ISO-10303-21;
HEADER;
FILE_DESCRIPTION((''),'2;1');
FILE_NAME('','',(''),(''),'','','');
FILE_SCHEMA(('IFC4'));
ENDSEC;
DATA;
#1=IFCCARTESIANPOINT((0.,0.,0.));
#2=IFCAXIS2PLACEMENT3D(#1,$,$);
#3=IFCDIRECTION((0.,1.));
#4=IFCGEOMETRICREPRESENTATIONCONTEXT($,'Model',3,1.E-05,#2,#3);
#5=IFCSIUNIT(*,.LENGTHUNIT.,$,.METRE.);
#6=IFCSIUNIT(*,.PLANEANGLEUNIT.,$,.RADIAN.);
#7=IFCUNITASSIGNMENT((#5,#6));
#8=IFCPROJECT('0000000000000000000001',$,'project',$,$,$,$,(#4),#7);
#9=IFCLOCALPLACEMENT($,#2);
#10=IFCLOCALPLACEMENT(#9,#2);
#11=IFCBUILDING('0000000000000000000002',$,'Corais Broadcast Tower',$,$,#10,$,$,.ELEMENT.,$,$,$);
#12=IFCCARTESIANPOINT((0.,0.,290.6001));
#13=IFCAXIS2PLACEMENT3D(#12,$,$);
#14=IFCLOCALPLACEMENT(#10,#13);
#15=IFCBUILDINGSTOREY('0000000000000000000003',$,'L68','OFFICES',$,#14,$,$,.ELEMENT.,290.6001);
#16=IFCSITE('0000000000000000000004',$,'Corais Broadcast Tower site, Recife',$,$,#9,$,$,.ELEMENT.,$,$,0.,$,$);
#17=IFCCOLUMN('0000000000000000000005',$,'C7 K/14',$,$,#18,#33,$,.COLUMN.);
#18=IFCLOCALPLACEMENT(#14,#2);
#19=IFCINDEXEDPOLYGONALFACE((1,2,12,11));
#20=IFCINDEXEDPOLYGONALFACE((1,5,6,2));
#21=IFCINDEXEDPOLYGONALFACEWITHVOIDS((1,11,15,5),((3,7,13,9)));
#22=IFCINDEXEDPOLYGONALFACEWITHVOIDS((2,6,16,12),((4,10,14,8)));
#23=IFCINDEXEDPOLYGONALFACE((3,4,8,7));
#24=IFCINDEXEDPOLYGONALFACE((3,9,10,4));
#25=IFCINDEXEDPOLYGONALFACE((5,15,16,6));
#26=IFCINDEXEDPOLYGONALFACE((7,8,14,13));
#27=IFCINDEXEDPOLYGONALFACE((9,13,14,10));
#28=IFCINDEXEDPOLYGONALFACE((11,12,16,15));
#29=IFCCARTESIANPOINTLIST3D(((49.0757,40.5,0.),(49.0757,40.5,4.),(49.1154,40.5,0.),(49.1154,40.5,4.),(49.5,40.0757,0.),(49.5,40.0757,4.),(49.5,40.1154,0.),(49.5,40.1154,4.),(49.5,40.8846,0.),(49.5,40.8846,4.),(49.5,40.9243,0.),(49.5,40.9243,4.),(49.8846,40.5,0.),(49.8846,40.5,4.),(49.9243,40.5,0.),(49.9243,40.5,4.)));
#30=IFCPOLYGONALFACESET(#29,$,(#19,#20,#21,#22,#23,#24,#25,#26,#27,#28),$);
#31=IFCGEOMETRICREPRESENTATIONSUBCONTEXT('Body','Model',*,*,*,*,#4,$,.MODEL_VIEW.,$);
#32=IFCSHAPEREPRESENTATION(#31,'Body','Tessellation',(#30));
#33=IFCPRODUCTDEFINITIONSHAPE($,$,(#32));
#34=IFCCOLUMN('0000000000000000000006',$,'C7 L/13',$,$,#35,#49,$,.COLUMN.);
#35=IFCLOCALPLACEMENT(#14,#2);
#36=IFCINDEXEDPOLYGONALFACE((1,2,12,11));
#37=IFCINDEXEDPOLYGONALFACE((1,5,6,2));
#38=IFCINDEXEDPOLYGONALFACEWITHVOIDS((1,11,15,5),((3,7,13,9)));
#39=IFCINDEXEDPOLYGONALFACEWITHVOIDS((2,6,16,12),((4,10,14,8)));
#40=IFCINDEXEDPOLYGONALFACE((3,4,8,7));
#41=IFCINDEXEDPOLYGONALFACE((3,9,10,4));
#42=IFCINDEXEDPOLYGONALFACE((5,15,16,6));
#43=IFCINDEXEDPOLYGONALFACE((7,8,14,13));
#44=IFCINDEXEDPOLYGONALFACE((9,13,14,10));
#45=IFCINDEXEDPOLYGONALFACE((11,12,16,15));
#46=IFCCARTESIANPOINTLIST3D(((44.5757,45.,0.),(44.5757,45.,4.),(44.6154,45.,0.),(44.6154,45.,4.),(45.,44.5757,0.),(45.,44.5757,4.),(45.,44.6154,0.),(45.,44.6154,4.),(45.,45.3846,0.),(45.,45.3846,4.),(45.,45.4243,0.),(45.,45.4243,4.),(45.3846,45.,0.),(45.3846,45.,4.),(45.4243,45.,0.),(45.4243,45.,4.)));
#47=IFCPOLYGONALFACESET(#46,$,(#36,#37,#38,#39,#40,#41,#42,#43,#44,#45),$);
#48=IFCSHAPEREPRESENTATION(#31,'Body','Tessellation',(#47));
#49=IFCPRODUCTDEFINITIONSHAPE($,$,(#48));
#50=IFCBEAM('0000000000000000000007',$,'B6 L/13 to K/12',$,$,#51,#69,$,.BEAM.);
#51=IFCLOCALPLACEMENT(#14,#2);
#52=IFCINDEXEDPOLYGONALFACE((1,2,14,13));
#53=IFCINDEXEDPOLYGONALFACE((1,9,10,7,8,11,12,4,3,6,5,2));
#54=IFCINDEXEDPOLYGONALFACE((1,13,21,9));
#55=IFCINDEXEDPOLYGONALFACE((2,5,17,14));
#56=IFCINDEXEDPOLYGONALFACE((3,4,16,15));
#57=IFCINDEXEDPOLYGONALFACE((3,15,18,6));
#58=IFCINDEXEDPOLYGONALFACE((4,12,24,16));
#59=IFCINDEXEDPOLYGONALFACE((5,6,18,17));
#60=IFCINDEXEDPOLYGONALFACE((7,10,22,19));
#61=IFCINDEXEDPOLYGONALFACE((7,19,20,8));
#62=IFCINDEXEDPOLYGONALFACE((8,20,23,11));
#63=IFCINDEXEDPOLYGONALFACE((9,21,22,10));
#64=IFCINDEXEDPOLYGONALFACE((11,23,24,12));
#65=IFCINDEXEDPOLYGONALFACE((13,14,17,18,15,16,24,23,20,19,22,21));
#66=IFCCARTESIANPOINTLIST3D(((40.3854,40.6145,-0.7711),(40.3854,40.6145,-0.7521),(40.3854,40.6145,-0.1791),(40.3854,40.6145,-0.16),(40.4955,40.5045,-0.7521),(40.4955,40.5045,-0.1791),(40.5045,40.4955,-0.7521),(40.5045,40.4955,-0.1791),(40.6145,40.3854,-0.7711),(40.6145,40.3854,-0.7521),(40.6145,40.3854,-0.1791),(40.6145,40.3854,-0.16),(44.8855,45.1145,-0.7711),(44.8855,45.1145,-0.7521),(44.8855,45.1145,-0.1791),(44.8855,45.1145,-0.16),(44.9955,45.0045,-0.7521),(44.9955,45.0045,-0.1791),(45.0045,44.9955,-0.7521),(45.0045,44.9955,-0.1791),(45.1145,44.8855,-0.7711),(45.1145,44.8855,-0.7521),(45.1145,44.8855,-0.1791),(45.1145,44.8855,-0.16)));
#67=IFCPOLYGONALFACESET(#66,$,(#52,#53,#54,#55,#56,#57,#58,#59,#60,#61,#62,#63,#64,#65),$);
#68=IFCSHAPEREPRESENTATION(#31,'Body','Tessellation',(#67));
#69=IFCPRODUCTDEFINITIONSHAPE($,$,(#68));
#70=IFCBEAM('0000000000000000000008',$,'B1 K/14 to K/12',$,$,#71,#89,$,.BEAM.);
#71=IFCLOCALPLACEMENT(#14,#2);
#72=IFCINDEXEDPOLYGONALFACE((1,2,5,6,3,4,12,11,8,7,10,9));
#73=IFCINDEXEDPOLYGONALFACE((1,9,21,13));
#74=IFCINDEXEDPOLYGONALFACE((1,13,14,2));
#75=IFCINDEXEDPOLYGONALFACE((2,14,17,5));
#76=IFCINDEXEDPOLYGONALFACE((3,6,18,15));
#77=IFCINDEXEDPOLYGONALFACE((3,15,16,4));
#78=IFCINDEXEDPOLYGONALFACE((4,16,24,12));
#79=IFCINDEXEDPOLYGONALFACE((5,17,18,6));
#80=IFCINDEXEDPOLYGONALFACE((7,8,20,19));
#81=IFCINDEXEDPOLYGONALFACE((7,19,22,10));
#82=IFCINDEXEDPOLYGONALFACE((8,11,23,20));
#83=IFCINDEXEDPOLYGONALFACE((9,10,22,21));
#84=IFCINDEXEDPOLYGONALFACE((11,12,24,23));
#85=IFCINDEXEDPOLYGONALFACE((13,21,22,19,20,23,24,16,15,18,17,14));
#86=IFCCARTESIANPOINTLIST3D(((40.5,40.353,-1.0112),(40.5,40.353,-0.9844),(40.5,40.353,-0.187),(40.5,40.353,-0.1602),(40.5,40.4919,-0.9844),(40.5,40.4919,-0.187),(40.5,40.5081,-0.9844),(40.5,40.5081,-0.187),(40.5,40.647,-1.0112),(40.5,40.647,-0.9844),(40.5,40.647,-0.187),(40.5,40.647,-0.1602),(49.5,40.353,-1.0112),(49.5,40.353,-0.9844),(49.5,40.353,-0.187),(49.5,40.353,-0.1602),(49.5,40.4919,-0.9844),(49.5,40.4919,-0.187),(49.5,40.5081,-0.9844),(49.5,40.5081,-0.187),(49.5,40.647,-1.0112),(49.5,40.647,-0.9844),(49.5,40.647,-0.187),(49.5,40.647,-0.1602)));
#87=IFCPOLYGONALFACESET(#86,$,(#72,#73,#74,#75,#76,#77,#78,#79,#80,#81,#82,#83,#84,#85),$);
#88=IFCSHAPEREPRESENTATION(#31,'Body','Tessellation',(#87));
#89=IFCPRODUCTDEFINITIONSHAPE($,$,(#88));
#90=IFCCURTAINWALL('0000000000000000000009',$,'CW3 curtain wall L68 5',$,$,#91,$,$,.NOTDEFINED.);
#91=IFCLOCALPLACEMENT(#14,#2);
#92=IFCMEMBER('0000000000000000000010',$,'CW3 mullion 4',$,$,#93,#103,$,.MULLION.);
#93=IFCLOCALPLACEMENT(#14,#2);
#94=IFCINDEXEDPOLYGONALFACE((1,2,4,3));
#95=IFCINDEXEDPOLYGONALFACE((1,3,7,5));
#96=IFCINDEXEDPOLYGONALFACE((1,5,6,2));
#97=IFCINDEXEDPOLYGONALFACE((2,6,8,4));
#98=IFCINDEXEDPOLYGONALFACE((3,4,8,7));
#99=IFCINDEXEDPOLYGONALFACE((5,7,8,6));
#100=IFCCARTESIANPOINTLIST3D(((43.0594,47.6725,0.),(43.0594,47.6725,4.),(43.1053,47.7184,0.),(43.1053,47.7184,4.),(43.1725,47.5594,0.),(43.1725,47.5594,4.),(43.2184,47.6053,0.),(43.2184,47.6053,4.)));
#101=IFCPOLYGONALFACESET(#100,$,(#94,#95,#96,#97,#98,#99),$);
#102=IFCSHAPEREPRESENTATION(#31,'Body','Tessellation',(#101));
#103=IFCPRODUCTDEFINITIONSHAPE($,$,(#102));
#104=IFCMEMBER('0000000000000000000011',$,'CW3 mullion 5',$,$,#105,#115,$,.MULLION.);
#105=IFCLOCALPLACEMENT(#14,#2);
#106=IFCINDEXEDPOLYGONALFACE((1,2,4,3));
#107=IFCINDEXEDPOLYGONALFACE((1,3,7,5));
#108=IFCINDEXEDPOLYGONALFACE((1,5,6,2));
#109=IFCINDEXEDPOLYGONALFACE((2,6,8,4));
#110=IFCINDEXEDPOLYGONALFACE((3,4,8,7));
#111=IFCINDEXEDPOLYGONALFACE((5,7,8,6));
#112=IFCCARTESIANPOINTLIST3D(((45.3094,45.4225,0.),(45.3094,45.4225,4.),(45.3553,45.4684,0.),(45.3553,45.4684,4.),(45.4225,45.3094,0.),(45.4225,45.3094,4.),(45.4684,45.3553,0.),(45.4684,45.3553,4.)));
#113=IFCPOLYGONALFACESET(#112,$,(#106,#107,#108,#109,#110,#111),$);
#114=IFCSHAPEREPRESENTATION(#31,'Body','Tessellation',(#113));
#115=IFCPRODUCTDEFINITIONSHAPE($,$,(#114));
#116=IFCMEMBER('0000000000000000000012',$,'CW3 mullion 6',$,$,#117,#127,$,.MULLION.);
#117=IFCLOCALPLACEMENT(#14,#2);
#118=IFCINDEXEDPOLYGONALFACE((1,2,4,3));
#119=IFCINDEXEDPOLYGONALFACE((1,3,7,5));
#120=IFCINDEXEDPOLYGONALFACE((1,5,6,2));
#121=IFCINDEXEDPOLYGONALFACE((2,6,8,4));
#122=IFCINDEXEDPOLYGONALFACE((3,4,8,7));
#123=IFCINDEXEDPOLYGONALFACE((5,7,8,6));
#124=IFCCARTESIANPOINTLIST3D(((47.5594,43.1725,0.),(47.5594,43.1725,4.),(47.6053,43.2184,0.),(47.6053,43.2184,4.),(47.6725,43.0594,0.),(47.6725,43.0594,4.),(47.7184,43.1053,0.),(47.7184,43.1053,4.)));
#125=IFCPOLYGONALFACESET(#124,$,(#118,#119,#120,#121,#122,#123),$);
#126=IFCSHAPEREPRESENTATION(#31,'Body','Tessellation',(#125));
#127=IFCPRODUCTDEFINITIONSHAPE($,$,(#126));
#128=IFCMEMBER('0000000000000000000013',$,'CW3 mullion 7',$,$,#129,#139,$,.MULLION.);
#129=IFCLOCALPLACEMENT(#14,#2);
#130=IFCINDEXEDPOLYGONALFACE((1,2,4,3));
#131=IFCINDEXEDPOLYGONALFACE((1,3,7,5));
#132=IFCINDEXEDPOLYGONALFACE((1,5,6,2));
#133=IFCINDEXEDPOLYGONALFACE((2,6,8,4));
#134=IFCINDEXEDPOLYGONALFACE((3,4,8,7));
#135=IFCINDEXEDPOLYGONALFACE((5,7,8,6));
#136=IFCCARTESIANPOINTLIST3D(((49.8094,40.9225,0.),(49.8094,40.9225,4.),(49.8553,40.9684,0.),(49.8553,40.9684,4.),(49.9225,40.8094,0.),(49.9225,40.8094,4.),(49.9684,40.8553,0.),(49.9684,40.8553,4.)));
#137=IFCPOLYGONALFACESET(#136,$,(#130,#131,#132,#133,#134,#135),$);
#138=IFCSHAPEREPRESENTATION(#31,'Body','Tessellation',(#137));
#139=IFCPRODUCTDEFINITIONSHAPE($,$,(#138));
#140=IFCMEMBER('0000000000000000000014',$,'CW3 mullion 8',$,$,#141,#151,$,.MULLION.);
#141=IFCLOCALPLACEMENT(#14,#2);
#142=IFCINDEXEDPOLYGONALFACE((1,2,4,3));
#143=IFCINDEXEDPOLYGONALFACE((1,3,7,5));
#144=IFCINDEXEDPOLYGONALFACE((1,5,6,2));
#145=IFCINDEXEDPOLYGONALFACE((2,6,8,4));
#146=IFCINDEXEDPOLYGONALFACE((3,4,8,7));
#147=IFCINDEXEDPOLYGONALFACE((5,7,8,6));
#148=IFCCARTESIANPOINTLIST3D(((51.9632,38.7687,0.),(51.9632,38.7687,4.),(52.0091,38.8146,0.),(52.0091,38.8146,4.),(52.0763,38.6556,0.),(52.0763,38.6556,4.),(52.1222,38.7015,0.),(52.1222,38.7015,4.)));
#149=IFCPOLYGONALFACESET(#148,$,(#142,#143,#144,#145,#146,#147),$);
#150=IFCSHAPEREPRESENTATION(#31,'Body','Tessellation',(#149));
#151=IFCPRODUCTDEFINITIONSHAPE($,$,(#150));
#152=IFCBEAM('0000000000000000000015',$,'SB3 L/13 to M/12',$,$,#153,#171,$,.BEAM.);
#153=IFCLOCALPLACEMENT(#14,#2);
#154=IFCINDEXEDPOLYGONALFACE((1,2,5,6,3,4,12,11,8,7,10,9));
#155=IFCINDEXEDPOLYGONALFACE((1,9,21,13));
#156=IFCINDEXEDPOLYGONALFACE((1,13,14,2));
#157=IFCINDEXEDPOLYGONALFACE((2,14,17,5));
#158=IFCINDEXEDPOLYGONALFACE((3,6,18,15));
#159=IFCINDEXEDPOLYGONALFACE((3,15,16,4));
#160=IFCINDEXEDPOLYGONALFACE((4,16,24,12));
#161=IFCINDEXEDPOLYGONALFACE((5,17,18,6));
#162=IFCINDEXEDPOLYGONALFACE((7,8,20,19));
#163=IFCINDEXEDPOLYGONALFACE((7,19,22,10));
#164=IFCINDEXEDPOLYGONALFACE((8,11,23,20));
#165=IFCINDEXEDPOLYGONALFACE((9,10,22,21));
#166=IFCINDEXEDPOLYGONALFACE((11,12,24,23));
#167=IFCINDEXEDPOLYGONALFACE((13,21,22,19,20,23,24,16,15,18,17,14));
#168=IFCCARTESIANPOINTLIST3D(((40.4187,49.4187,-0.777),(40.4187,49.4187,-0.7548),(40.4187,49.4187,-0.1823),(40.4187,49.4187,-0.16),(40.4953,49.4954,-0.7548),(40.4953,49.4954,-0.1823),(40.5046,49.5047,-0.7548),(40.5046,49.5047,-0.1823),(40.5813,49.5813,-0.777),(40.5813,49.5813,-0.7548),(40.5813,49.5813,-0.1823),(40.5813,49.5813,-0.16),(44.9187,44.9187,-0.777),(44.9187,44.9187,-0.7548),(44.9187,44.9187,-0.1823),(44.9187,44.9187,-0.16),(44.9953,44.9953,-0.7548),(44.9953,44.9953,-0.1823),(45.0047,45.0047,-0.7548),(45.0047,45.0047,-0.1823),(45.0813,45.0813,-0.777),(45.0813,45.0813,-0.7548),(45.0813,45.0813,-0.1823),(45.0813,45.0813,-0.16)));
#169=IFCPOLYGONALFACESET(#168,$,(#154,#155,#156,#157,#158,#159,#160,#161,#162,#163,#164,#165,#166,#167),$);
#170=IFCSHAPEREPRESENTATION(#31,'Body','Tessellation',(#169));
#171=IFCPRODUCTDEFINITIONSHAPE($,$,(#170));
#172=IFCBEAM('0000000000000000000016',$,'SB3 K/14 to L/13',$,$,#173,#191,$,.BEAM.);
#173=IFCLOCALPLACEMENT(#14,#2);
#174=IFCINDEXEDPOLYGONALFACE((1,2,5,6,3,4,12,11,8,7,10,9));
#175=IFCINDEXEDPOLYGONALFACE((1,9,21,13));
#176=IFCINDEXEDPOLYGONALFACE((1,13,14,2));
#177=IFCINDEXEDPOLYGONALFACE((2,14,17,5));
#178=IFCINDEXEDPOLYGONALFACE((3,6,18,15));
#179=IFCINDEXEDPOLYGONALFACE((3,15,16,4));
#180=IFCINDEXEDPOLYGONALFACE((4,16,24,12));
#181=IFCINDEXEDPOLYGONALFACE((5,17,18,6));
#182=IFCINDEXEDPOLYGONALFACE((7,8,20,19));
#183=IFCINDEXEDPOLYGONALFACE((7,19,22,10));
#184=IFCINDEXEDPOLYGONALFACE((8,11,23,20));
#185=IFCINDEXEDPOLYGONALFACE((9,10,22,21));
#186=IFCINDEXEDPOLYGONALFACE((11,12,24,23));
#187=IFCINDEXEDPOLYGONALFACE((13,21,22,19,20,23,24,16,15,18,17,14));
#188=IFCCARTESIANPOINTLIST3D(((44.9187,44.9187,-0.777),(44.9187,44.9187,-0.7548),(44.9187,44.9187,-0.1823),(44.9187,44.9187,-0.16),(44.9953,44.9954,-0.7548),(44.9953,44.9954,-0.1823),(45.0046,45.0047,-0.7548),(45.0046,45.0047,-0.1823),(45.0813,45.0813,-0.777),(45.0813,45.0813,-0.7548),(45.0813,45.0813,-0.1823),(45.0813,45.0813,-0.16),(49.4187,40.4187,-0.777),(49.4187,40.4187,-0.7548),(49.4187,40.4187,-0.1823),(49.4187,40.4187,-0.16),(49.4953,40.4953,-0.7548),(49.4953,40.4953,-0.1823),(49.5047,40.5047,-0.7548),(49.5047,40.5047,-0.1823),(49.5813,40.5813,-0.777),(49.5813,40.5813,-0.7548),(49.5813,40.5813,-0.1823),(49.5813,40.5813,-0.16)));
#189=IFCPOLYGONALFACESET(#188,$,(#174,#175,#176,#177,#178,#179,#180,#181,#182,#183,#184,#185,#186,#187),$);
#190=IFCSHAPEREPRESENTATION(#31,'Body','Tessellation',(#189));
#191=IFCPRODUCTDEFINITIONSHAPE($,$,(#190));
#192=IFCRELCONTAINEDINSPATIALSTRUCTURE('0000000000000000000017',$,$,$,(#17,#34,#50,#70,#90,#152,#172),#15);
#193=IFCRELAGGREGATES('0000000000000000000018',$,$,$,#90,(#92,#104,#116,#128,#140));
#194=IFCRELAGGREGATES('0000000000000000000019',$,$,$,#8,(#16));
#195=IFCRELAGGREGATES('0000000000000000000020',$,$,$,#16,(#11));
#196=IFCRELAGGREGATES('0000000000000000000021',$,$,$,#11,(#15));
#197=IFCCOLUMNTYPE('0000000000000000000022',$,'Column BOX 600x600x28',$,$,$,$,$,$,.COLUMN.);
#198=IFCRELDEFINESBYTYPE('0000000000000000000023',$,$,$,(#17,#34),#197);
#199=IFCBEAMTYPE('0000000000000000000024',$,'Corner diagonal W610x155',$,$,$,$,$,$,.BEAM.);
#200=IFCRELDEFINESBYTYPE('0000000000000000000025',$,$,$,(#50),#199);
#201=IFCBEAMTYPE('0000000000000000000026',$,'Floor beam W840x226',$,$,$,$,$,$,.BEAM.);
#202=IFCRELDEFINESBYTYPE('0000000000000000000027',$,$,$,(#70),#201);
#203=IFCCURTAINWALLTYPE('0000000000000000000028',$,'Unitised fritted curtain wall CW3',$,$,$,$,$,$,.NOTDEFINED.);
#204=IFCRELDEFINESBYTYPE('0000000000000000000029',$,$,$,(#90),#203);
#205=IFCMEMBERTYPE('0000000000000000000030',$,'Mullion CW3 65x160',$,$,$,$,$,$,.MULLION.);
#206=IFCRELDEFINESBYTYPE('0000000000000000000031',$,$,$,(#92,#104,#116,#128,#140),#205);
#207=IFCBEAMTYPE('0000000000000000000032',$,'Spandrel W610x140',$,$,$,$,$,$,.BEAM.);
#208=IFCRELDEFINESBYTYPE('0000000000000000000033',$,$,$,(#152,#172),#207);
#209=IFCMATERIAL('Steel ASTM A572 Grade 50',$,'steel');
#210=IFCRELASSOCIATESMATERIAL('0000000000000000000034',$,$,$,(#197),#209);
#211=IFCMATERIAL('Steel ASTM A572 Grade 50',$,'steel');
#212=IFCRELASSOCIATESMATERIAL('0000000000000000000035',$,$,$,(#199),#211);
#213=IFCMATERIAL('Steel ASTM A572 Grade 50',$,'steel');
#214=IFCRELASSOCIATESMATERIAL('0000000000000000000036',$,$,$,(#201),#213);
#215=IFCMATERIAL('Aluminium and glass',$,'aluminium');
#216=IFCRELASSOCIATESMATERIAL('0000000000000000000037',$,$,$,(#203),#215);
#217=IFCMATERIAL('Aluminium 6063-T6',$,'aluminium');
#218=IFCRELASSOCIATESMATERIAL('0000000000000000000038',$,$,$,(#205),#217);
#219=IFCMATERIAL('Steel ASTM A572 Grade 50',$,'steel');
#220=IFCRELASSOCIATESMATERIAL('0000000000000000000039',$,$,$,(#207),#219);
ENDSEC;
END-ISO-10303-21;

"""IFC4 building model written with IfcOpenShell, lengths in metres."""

from ifc_helpers import new_model, si_unit, direction, frame, origin, origin_2d, place, context, subcontext, project, spatial, rectangle, hollow_rectangle, i_section, extrude, material, material_profile, profile_set, type_object, element, aggregate, save


model = new_model("IFC4")

# Units and contexts
model_context = context("Model", 3, precision=1e-05, world=origin(), true_north=direction((0.0, 1.0)))
body_context = subcontext(model_context, "Body", "Model", "MODEL_VIEW")
ifc_project = project(units=[si_unit("LENGTHUNIT", "METRE"), si_unit("PLANEANGLEUNIT", "RADIAN")], contexts=[model_context])

# Site, building, storey
site_placement = place(None, origin())
site = spatial("IfcSite", under=ifc_project, at=site_placement, Name="Corais Broadcast Tower site, Recife", CompositionType="ELEMENT", RefElevation=0.0)
building_placement = place(site_placement, origin())
building = spatial("IfcBuilding", under=site, at=building_placement, Name="Corais Broadcast Tower", CompositionType="ELEMENT")
storey_placement = place(building_placement, frame((0.0, 0.0, 290.6001)))
storey = spatial("IfcBuildingStorey", under=building, at=storey_placement, Name="L68", Description="OFFICES", CompositionType="ELEMENT", Elevation=290.6001)

# Columns
ifc_material_1 = material(Name="Steel ASTM A572 Grade 50", Category="steel")
ifc_material_profile_1 = material_profile(ifc_material_1, hollow_rectangle(XDim=0.6001, YDim=0.6001, WallThickness=0.0281, at=origin_2d()), Name="BOX 600x600x28")
ifc_profile_set_1 = profile_set([ifc_material_profile_1], Name="Steel ASTM A572 Grade 50")
column_type = type_object("IfcColumnType", Name="Column BOX 600x600x28", PredefinedType="COLUMN", material=ifc_profile_set_1)
for number, where, z_axis, x_axis, name in (
    (1, (49.5, 40.5, 0.0), (0.0, 0.0, 1.0), (0.707107, 0.707107, 0.0), "C7 K/14"),
    (2, (45.0, 45.0, 0.0), (0.0, 0.0, 1.0), (0.707107, 0.707107, 0.0), "C7 L/13"),
):
    element("IfcColumn", number, at=place(storey_placement, frame(where, z_axis=z_axis, x_axis=x_axis)), inside=storey, type_object=column_type, Name=name, PredefinedType="COLUMN", context=body_context, shape_type="SweptSolid", body=[
        extrude(hollow_rectangle(XDim=0.6001, YDim=0.6001, WallThickness=0.0281, at=origin_2d()), origin(), (0.0, 0.0, 1.0), 4.0),
    ])

# Beams
ifc_material_2 = material(Name="Steel ASTM A572 Grade 50", Category="steel")
ifc_material_profile_2 = material_profile(ifc_material_2, i_section(OverallWidth=0.324, OverallDepth=0.6111, WebThickness=0.0127, FlangeThickness=0.019, at=origin_2d()), Name="W610x155")
ifc_profile_set_2 = profile_set([ifc_material_profile_2], Name="Steel ASTM A572 Grade 50")
beam_type_1 = type_object("IfcBeamType", Name="Corner diagonal W610x155", PredefinedType="BEAM", material=ifc_profile_set_2)
beam_1_placement = place(storey_placement, frame((45.0, 45.0, -0.4656), z_axis=(-0.707107, -0.707107, 0.0), x_axis=(0.707107, -0.707107, 0.0)))
element("IfcBeam", 3, at=beam_1_placement, inside=storey, type_object=beam_type_1, Name="B6 L/13 to K/12", PredefinedType="BEAM", context=body_context, shape_type="SweptSolid", body=[
    extrude(i_section(OverallWidth=0.324, OverallDepth=0.6111, WebThickness=0.0127, FlangeThickness=0.019, at=origin_2d()), origin(), (0.0, 0.0, 1.0), 6.364),
])
ifc_material_3 = material(Name="Steel ASTM A572 Grade 50", Category="steel")
ifc_material_profile_3 = material_profile(ifc_material_3, i_section(OverallWidth=0.2939, OverallDepth=0.8511, WebThickness=0.0161, FlangeThickness=0.0269, at=origin_2d()), Name="W840x226")
ifc_profile_set_3 = profile_set([ifc_material_profile_3], Name="Steel ASTM A572 Grade 50")
beam_type_2 = type_object("IfcBeamType", Name="Floor beam W840x226", PredefinedType="BEAM", material=ifc_profile_set_3)
beam_2_placement = place(storey_placement, frame((49.5, 40.5, -0.5857), z_axis=(-1.0, 0.0, 0.0), x_axis=(0.0, -1.0, 0.0)))
element("IfcBeam", 4, at=beam_2_placement, inside=storey, type_object=beam_type_2, Name="B1 K/14 to K/12", PredefinedType="BEAM", context=body_context, shape_type="SweptSolid", body=[
    extrude(i_section(OverallWidth=0.2939, OverallDepth=0.8511, WebThickness=0.0161, FlangeThickness=0.0269, at=origin_2d()), origin(), (0.0, 0.0, 1.0), 9.0),
])

# Curtain wall, members
ifc_material_4 = material(Name="Aluminium and glass", Category="aluminium")
curtain_wall_type = type_object("IfcCurtainWallType", Name="Unitised fritted curtain wall CW3", PredefinedType="NOTDEFINED", material=ifc_material_4)
curtain_wall_placement = place(storey_placement, origin())
curtain_wall = element("IfcCurtainWall", 5, at=curtain_wall_placement, inside=storey, type_object=curtain_wall_type, Name="CW3 curtain wall L68 5", PredefinedType="NOTDEFINED")
ifc_material_5 = material(Name="Aluminium 6063-T6", Category="aluminium")
ifc_material_profile_4 = material_profile(ifc_material_5, rectangle(XDim=0.0649, YDim=0.1599, at=origin_2d()), Name="Mullion CW3 65x160")
ifc_profile_set_4 = profile_set([ifc_material_profile_4], Name="Aluminium 6063-T6")
member_type_1 = type_object("IfcMemberType", Name="Mullion CW3 65x160", PredefinedType="MULLION", material=ifc_profile_set_4)
member_1_placement = place(storey_placement, frame((43.1389, 47.6389, 0.0), z_axis=(0.0, 0.0, 1.0), x_axis=(0.707107, 0.707107, 0.0)))
member_1 = element("IfcMember", 6, at=member_1_placement, type_object=member_type_1, Name="CW3 mullion 4", PredefinedType="MULLION", context=body_context, shape_type="SweptSolid", body=[
    extrude(rectangle(XDim=0.0649, YDim=0.1599, at=origin_2d()), origin(), (0.0, 0.0, 1.0), 4.0),
])
member_2_placement = place(storey_placement, frame((45.3889, 45.3889, 0.0), z_axis=(0.0, 0.0, 1.0), x_axis=(0.707107, 0.707107, 0.0)))
member_2 = element("IfcMember", 7, at=member_2_placement, type_object=member_type_1, Name="CW3 mullion 5", PredefinedType="MULLION", context=body_context, shape_type="SweptSolid", body=[
    extrude(rectangle(XDim=0.0649, YDim=0.1599, at=origin_2d()), origin(), (0.0, 0.0, 1.0), 4.0),
])
member_3_placement = place(storey_placement, frame((47.6389, 43.1389, 0.0), z_axis=(0.0, 0.0, 1.0), x_axis=(0.707107, 0.707107, 0.0)))
member_3 = element("IfcMember", 8, at=member_3_placement, type_object=member_type_1, Name="CW3 mullion 6", PredefinedType="MULLION", context=body_context, shape_type="SweptSolid", body=[
    extrude(rectangle(XDim=0.0649, YDim=0.1599, at=origin_2d()), origin(), (0.0, 0.0, 1.0), 4.0),
])
member_4_placement = place(storey_placement, frame((49.8889, 40.8889, 0.0), z_axis=(0.0, 0.0, 1.0), x_axis=(0.707107, 0.707107, 0.0)))
member_4 = element("IfcMember", 9, at=member_4_placement, type_object=member_type_1, Name="CW3 mullion 7", PredefinedType="MULLION", context=body_context, shape_type="SweptSolid", body=[
    extrude(rectangle(XDim=0.0649, YDim=0.1599, at=origin_2d()), origin(), (0.0, 0.0, 1.0), 4.0),
])
member_5_placement = place(storey_placement, frame((52.0427, 38.7351, 0.0), z_axis=(0.0, 0.0, 1.0), x_axis=(0.707107, 0.707107, 0.0)))
member_5 = element("IfcMember", 10, at=member_5_placement, type_object=member_type_1, Name="CW3 mullion 8", PredefinedType="MULLION", context=body_context, shape_type="SweptSolid", body=[
    extrude(rectangle(XDim=0.0649, YDim=0.1599, at=origin_2d()), origin(), (0.0, 0.0, 1.0), 4.0),
])

# Beams
ifc_material_6 = material(Name="Steel ASTM A572 Grade 50", Category="steel")
ifc_material_profile_5 = material_profile(ifc_material_6, i_section(OverallWidth=0.23, OverallDepth=0.6169, WebThickness=0.0132, FlangeThickness=0.0222, at=origin_2d()), Name="W610x140")
ifc_profile_set_5 = profile_set([ifc_material_profile_5], Name="Steel ASTM A572 Grade 50")
beam_type_3 = type_object("IfcBeamType", Name="Spandrel W610x140", PredefinedType="BEAM", material=ifc_profile_set_5)
for number, where, z_axis, x_axis, name in (
    (11, (45.0, 45.0, -0.4685), (-0.707107, 0.707107, 0.0), (-0.707107, -0.707107, 0.0), "SB3 L/13 to M/12"),
    (12, (49.5, 40.5, -0.4685), (-0.707107, 0.707107, 0.0), (-0.707107, -0.707107, 0.0), "SB3 K/14 to L/13"),
):
    element("IfcBeam", number, at=place(storey_placement, frame(where, z_axis=z_axis, x_axis=x_axis)), inside=storey, type_object=beam_type_3, Name=name, PredefinedType="BEAM", context=body_context, shape_type="SweptSolid", body=[
        extrude(i_section(OverallWidth=0.23, OverallDepth=0.6169, WebThickness=0.0132, FlangeThickness=0.0222, at=origin_2d()), origin(), (0.0, 0.0, 1.0), 6.364),
    ])

aggregate(curtain_wall, [member_1, member_2, member_3, member_4, member_5])

save(model, "model.ifc")
